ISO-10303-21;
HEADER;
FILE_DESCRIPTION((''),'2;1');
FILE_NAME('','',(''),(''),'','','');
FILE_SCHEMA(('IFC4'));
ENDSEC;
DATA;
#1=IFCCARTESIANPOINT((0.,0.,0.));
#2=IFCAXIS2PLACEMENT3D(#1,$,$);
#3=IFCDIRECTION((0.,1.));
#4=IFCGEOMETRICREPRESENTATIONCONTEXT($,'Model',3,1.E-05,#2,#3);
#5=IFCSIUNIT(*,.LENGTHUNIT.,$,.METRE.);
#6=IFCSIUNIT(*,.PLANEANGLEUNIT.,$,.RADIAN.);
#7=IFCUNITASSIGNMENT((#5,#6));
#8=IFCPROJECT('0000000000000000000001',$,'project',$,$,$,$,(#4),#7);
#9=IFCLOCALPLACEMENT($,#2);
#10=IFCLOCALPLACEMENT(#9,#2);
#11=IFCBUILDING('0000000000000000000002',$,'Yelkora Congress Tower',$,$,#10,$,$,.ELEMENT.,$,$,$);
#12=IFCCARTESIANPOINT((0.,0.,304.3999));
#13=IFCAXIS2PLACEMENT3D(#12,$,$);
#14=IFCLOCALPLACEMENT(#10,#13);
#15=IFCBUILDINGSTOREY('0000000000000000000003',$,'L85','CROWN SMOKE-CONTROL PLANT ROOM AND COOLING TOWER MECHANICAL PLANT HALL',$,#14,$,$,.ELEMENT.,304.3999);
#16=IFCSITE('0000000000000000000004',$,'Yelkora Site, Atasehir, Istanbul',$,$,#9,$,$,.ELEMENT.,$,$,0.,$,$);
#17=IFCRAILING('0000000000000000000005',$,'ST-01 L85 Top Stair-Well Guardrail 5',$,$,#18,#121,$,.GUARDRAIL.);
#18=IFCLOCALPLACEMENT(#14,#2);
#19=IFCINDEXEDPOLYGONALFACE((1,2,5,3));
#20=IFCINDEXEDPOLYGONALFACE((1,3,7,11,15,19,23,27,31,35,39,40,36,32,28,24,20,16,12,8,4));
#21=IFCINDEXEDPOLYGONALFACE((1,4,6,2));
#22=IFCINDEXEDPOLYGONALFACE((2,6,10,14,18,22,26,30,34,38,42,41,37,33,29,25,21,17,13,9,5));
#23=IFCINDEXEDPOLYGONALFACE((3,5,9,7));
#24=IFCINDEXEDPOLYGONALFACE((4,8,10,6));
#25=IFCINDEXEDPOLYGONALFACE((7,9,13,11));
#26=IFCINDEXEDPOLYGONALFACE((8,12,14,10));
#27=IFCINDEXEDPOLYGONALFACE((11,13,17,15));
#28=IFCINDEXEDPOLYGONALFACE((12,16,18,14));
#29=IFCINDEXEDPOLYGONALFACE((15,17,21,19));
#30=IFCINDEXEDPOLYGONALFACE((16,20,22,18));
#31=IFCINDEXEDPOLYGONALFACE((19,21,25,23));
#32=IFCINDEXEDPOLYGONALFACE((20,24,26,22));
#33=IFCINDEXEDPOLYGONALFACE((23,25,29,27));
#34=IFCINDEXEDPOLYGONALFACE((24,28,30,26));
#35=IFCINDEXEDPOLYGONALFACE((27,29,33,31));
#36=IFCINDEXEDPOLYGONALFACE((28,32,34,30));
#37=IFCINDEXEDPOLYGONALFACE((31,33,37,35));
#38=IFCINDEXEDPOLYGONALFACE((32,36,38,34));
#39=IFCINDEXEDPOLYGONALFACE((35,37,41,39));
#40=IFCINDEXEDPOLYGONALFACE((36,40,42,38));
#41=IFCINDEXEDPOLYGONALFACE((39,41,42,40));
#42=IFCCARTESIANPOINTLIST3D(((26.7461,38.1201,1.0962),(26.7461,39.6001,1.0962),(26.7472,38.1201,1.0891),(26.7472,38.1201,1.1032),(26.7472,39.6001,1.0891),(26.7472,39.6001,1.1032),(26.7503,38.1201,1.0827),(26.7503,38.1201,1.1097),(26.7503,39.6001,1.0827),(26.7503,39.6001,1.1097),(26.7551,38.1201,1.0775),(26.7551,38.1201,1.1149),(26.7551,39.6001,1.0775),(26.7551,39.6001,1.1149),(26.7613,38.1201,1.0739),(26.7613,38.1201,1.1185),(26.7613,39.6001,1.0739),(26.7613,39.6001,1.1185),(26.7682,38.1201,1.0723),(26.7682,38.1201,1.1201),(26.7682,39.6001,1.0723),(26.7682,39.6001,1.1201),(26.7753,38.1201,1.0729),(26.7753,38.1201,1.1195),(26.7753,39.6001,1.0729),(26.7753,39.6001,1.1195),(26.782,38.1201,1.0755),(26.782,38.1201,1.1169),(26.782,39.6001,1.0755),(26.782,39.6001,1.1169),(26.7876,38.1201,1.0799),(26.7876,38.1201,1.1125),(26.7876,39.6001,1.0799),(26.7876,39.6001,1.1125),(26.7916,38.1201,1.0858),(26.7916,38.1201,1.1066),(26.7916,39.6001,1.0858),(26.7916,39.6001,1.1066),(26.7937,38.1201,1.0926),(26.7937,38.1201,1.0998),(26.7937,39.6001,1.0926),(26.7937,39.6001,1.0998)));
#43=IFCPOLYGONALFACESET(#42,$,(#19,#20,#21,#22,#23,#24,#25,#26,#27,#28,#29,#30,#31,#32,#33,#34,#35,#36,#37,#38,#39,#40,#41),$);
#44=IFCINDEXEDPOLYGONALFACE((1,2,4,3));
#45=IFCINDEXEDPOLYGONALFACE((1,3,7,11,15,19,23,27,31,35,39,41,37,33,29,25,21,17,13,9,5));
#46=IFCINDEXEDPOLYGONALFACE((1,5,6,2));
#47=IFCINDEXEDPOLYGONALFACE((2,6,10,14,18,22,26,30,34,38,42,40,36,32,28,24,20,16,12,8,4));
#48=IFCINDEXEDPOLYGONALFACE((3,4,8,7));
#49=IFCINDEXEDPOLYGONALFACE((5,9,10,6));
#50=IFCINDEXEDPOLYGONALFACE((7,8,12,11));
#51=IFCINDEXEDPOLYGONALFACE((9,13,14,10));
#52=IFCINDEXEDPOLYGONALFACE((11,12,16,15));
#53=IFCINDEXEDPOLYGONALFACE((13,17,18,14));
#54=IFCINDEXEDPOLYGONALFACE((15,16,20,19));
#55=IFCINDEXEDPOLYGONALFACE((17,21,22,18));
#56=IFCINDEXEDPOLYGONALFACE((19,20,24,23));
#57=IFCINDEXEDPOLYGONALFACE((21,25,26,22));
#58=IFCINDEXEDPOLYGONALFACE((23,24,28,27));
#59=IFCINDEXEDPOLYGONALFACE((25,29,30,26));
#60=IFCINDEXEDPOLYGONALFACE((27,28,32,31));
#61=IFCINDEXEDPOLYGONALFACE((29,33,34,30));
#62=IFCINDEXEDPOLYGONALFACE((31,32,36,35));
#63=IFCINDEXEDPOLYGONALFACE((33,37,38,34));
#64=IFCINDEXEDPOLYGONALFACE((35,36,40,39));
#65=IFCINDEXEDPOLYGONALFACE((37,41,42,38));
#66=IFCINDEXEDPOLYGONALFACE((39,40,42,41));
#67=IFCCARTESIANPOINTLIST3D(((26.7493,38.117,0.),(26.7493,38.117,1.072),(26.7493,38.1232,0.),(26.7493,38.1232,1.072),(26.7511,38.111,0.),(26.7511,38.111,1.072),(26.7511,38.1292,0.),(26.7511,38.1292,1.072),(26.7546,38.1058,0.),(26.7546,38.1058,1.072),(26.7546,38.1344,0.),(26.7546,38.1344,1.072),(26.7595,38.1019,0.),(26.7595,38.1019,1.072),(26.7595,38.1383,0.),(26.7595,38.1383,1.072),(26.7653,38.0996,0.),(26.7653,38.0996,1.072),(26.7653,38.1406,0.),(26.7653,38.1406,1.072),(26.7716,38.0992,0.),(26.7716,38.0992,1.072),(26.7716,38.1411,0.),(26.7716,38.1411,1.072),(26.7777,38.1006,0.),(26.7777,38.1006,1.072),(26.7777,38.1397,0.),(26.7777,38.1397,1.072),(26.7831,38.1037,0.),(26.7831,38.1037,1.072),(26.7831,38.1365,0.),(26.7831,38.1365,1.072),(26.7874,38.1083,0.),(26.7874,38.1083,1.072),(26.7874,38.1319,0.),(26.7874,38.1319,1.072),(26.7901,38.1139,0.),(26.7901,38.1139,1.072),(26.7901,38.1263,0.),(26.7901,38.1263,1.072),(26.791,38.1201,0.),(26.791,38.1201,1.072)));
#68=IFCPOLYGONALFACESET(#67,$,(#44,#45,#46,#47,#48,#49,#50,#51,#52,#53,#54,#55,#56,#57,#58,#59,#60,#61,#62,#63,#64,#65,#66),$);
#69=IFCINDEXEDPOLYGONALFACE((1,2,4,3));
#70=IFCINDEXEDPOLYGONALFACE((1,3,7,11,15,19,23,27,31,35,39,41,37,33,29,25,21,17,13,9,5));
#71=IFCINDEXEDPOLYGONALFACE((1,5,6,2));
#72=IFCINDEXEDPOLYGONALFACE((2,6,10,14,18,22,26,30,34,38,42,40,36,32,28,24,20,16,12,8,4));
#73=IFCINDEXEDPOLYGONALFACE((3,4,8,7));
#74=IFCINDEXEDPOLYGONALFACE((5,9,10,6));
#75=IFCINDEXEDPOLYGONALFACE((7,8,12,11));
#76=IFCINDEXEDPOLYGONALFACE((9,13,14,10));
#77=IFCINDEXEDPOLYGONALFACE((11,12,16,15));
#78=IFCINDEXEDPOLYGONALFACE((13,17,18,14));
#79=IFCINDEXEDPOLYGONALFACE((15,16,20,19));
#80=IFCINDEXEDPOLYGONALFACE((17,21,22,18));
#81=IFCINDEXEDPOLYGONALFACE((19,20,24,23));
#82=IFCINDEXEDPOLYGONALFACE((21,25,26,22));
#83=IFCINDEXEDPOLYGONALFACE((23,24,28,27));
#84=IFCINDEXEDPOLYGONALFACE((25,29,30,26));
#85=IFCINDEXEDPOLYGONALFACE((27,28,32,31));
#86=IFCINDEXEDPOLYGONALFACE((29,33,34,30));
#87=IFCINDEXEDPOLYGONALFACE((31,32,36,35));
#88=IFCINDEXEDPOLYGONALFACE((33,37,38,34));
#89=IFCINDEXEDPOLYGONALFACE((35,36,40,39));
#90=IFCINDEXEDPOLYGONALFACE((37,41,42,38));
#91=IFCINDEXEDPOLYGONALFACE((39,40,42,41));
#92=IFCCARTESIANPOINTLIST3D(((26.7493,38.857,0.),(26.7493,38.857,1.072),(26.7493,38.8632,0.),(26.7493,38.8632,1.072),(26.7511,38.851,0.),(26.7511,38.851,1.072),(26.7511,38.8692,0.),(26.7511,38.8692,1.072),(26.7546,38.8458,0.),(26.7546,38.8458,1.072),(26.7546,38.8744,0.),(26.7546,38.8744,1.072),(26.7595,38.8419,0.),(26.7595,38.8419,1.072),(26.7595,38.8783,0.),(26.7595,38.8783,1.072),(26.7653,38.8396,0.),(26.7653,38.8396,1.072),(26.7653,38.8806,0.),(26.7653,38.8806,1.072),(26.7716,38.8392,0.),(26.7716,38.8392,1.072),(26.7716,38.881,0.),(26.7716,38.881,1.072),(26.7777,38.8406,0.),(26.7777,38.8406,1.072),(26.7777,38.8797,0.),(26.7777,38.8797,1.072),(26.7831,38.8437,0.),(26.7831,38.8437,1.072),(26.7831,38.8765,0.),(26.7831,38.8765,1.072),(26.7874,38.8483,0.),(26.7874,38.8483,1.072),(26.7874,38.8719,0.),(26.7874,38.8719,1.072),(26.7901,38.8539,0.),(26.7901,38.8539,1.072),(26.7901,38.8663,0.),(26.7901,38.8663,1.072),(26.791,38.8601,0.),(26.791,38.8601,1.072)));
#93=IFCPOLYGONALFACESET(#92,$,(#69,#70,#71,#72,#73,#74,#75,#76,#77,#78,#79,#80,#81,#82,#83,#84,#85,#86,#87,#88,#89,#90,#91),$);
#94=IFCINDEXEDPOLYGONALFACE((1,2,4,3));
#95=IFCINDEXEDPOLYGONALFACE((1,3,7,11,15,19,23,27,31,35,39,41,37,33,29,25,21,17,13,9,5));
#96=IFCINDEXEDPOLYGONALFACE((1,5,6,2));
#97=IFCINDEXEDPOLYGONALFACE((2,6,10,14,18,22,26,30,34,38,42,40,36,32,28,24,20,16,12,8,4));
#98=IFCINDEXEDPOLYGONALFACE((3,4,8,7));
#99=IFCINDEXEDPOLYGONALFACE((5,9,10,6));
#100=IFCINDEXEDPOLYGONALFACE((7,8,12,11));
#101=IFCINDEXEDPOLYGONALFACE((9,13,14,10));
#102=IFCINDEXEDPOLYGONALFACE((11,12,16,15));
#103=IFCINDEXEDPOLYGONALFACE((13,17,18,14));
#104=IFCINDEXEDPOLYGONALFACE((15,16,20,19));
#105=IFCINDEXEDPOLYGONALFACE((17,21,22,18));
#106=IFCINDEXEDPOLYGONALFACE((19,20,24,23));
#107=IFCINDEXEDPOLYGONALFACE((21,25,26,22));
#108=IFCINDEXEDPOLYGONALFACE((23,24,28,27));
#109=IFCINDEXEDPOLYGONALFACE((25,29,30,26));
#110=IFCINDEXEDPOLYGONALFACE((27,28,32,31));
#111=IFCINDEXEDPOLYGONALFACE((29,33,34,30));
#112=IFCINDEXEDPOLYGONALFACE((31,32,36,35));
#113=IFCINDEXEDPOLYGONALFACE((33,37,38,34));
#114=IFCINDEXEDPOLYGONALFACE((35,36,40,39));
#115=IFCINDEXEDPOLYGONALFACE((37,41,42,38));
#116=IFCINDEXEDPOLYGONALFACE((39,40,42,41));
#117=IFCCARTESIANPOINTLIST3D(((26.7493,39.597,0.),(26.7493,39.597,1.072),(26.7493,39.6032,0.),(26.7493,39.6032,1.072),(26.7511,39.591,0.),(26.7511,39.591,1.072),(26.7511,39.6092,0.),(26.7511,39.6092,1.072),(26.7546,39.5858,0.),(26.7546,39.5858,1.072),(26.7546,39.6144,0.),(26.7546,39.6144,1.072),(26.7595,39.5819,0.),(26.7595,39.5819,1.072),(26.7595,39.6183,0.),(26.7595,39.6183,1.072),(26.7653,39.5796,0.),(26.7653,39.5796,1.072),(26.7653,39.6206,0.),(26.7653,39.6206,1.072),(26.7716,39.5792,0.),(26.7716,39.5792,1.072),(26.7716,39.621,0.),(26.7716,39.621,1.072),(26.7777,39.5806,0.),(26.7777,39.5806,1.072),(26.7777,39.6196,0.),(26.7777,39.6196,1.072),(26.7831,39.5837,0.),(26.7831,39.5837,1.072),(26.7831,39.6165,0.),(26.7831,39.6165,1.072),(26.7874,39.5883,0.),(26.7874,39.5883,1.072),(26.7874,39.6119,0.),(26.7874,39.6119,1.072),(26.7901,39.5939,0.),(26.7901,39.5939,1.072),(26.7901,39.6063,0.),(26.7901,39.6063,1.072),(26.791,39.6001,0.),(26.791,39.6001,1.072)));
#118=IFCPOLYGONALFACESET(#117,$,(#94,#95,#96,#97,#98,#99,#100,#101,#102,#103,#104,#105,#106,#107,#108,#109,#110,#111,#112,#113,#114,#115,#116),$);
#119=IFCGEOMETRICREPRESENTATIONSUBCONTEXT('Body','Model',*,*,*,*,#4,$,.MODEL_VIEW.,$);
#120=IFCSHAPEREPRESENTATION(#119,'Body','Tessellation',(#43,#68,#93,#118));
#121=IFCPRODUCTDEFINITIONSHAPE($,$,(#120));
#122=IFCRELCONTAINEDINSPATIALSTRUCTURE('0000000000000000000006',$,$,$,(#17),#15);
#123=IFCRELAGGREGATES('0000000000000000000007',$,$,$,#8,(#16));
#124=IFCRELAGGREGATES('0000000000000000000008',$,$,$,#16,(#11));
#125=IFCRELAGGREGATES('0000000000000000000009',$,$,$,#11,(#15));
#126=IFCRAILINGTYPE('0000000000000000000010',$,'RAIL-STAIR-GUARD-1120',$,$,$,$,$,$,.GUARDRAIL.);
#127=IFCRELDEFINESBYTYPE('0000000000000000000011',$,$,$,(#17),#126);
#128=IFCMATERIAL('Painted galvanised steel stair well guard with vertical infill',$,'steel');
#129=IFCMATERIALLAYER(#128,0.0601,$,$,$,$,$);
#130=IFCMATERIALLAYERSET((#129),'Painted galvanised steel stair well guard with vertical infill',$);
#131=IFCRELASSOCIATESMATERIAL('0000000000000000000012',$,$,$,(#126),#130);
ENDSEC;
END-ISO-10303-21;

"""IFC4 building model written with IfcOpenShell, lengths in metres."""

from ifc_helpers import new_model, si_unit, direction, frame, origin, origin_2d, place, context, subcontext, project, spatial, circle, extrude, material, layer, layer_set, type_object, element, save


model = new_model("IFC4")

# Units and contexts
model_context = context("Model", 3, precision=1e-05, world=origin(), true_north=direction((0.0, 1.0)))
body_context = subcontext(model_context, "Body", "Model", "MODEL_VIEW")
ifc_project = project(units=[si_unit("LENGTHUNIT", "METRE"), si_unit("PLANEANGLEUNIT", "RADIAN")], contexts=[model_context])

# Site, building, storey
site_placement = place(None, origin())
site = spatial("IfcSite", under=ifc_project, at=site_placement, Name="Yelkora Site, Atasehir, Istanbul", CompositionType="ELEMENT", RefElevation=0.0)
building_placement = place(site_placement, origin())
building = spatial("IfcBuilding", under=site, at=building_placement, Name="Yelkora Congress Tower", CompositionType="ELEMENT")
storey_placement = place(building_placement, frame((0.0, 0.0, 304.3999)))
storey = spatial("IfcBuildingStorey", under=building, at=storey_placement, Name="L85", Description="CROWN SMOKE-CONTROL PLANT ROOM AND COOLING TOWER MECHANICAL PLANT HALL", CompositionType="ELEMENT", Elevation=304.3999)

# Railing
ifc_material_1 = material(Name="Painted galvanised steel stair well guard with vertical infill", Category="steel")
ifc_layer_1 = layer(ifc_material_1, 0.0601)
ifc_layer_set_1 = layer_set([ifc_layer_1], Name="Painted galvanised steel stair well guard with vertical infill")
railing_type = type_object("IfcRailingType", Name="RAIL-STAIR-GUARD-1120", PredefinedType="GUARDRAIL", material=ifc_layer_set_1)
for number, where, name in (
    (1, (26.77, 38.1201, 0.0), "ST-01 L85 Top Stair-Well Guardrail 5"),
):
    element("IfcRailing", number, at=place(storey_placement, frame(where)), inside=storey, type_object=railing_type, Name=name, PredefinedType="GUARDRAIL", context=body_context, shape_type="SweptSolid", body=[
        extrude(circle(Radius=0.0239, at=origin_2d()), frame((0.0, 0.0, 1.0962), z_axis=(0.0, 1.0, 0.0), x_axis=(-1.0, 0.0, 0.0)), (0.0, 0.0, 1.0), 1.48),
        extrude(circle(Radius=0.021, at=origin_2d()), origin(), (0.0, 0.0, 1.0), 1.072),
        extrude(circle(Radius=0.021, at=origin_2d()), frame((0.0, 0.74, 0.0)), (0.0, 0.0, 1.0), 1.072),
        extrude(circle(Radius=0.021, at=origin_2d()), frame((0.0, 1.48, 0.0)), (0.0, 0.0, 1.0), 1.072),
    ])

save(model, "model.ifc")
